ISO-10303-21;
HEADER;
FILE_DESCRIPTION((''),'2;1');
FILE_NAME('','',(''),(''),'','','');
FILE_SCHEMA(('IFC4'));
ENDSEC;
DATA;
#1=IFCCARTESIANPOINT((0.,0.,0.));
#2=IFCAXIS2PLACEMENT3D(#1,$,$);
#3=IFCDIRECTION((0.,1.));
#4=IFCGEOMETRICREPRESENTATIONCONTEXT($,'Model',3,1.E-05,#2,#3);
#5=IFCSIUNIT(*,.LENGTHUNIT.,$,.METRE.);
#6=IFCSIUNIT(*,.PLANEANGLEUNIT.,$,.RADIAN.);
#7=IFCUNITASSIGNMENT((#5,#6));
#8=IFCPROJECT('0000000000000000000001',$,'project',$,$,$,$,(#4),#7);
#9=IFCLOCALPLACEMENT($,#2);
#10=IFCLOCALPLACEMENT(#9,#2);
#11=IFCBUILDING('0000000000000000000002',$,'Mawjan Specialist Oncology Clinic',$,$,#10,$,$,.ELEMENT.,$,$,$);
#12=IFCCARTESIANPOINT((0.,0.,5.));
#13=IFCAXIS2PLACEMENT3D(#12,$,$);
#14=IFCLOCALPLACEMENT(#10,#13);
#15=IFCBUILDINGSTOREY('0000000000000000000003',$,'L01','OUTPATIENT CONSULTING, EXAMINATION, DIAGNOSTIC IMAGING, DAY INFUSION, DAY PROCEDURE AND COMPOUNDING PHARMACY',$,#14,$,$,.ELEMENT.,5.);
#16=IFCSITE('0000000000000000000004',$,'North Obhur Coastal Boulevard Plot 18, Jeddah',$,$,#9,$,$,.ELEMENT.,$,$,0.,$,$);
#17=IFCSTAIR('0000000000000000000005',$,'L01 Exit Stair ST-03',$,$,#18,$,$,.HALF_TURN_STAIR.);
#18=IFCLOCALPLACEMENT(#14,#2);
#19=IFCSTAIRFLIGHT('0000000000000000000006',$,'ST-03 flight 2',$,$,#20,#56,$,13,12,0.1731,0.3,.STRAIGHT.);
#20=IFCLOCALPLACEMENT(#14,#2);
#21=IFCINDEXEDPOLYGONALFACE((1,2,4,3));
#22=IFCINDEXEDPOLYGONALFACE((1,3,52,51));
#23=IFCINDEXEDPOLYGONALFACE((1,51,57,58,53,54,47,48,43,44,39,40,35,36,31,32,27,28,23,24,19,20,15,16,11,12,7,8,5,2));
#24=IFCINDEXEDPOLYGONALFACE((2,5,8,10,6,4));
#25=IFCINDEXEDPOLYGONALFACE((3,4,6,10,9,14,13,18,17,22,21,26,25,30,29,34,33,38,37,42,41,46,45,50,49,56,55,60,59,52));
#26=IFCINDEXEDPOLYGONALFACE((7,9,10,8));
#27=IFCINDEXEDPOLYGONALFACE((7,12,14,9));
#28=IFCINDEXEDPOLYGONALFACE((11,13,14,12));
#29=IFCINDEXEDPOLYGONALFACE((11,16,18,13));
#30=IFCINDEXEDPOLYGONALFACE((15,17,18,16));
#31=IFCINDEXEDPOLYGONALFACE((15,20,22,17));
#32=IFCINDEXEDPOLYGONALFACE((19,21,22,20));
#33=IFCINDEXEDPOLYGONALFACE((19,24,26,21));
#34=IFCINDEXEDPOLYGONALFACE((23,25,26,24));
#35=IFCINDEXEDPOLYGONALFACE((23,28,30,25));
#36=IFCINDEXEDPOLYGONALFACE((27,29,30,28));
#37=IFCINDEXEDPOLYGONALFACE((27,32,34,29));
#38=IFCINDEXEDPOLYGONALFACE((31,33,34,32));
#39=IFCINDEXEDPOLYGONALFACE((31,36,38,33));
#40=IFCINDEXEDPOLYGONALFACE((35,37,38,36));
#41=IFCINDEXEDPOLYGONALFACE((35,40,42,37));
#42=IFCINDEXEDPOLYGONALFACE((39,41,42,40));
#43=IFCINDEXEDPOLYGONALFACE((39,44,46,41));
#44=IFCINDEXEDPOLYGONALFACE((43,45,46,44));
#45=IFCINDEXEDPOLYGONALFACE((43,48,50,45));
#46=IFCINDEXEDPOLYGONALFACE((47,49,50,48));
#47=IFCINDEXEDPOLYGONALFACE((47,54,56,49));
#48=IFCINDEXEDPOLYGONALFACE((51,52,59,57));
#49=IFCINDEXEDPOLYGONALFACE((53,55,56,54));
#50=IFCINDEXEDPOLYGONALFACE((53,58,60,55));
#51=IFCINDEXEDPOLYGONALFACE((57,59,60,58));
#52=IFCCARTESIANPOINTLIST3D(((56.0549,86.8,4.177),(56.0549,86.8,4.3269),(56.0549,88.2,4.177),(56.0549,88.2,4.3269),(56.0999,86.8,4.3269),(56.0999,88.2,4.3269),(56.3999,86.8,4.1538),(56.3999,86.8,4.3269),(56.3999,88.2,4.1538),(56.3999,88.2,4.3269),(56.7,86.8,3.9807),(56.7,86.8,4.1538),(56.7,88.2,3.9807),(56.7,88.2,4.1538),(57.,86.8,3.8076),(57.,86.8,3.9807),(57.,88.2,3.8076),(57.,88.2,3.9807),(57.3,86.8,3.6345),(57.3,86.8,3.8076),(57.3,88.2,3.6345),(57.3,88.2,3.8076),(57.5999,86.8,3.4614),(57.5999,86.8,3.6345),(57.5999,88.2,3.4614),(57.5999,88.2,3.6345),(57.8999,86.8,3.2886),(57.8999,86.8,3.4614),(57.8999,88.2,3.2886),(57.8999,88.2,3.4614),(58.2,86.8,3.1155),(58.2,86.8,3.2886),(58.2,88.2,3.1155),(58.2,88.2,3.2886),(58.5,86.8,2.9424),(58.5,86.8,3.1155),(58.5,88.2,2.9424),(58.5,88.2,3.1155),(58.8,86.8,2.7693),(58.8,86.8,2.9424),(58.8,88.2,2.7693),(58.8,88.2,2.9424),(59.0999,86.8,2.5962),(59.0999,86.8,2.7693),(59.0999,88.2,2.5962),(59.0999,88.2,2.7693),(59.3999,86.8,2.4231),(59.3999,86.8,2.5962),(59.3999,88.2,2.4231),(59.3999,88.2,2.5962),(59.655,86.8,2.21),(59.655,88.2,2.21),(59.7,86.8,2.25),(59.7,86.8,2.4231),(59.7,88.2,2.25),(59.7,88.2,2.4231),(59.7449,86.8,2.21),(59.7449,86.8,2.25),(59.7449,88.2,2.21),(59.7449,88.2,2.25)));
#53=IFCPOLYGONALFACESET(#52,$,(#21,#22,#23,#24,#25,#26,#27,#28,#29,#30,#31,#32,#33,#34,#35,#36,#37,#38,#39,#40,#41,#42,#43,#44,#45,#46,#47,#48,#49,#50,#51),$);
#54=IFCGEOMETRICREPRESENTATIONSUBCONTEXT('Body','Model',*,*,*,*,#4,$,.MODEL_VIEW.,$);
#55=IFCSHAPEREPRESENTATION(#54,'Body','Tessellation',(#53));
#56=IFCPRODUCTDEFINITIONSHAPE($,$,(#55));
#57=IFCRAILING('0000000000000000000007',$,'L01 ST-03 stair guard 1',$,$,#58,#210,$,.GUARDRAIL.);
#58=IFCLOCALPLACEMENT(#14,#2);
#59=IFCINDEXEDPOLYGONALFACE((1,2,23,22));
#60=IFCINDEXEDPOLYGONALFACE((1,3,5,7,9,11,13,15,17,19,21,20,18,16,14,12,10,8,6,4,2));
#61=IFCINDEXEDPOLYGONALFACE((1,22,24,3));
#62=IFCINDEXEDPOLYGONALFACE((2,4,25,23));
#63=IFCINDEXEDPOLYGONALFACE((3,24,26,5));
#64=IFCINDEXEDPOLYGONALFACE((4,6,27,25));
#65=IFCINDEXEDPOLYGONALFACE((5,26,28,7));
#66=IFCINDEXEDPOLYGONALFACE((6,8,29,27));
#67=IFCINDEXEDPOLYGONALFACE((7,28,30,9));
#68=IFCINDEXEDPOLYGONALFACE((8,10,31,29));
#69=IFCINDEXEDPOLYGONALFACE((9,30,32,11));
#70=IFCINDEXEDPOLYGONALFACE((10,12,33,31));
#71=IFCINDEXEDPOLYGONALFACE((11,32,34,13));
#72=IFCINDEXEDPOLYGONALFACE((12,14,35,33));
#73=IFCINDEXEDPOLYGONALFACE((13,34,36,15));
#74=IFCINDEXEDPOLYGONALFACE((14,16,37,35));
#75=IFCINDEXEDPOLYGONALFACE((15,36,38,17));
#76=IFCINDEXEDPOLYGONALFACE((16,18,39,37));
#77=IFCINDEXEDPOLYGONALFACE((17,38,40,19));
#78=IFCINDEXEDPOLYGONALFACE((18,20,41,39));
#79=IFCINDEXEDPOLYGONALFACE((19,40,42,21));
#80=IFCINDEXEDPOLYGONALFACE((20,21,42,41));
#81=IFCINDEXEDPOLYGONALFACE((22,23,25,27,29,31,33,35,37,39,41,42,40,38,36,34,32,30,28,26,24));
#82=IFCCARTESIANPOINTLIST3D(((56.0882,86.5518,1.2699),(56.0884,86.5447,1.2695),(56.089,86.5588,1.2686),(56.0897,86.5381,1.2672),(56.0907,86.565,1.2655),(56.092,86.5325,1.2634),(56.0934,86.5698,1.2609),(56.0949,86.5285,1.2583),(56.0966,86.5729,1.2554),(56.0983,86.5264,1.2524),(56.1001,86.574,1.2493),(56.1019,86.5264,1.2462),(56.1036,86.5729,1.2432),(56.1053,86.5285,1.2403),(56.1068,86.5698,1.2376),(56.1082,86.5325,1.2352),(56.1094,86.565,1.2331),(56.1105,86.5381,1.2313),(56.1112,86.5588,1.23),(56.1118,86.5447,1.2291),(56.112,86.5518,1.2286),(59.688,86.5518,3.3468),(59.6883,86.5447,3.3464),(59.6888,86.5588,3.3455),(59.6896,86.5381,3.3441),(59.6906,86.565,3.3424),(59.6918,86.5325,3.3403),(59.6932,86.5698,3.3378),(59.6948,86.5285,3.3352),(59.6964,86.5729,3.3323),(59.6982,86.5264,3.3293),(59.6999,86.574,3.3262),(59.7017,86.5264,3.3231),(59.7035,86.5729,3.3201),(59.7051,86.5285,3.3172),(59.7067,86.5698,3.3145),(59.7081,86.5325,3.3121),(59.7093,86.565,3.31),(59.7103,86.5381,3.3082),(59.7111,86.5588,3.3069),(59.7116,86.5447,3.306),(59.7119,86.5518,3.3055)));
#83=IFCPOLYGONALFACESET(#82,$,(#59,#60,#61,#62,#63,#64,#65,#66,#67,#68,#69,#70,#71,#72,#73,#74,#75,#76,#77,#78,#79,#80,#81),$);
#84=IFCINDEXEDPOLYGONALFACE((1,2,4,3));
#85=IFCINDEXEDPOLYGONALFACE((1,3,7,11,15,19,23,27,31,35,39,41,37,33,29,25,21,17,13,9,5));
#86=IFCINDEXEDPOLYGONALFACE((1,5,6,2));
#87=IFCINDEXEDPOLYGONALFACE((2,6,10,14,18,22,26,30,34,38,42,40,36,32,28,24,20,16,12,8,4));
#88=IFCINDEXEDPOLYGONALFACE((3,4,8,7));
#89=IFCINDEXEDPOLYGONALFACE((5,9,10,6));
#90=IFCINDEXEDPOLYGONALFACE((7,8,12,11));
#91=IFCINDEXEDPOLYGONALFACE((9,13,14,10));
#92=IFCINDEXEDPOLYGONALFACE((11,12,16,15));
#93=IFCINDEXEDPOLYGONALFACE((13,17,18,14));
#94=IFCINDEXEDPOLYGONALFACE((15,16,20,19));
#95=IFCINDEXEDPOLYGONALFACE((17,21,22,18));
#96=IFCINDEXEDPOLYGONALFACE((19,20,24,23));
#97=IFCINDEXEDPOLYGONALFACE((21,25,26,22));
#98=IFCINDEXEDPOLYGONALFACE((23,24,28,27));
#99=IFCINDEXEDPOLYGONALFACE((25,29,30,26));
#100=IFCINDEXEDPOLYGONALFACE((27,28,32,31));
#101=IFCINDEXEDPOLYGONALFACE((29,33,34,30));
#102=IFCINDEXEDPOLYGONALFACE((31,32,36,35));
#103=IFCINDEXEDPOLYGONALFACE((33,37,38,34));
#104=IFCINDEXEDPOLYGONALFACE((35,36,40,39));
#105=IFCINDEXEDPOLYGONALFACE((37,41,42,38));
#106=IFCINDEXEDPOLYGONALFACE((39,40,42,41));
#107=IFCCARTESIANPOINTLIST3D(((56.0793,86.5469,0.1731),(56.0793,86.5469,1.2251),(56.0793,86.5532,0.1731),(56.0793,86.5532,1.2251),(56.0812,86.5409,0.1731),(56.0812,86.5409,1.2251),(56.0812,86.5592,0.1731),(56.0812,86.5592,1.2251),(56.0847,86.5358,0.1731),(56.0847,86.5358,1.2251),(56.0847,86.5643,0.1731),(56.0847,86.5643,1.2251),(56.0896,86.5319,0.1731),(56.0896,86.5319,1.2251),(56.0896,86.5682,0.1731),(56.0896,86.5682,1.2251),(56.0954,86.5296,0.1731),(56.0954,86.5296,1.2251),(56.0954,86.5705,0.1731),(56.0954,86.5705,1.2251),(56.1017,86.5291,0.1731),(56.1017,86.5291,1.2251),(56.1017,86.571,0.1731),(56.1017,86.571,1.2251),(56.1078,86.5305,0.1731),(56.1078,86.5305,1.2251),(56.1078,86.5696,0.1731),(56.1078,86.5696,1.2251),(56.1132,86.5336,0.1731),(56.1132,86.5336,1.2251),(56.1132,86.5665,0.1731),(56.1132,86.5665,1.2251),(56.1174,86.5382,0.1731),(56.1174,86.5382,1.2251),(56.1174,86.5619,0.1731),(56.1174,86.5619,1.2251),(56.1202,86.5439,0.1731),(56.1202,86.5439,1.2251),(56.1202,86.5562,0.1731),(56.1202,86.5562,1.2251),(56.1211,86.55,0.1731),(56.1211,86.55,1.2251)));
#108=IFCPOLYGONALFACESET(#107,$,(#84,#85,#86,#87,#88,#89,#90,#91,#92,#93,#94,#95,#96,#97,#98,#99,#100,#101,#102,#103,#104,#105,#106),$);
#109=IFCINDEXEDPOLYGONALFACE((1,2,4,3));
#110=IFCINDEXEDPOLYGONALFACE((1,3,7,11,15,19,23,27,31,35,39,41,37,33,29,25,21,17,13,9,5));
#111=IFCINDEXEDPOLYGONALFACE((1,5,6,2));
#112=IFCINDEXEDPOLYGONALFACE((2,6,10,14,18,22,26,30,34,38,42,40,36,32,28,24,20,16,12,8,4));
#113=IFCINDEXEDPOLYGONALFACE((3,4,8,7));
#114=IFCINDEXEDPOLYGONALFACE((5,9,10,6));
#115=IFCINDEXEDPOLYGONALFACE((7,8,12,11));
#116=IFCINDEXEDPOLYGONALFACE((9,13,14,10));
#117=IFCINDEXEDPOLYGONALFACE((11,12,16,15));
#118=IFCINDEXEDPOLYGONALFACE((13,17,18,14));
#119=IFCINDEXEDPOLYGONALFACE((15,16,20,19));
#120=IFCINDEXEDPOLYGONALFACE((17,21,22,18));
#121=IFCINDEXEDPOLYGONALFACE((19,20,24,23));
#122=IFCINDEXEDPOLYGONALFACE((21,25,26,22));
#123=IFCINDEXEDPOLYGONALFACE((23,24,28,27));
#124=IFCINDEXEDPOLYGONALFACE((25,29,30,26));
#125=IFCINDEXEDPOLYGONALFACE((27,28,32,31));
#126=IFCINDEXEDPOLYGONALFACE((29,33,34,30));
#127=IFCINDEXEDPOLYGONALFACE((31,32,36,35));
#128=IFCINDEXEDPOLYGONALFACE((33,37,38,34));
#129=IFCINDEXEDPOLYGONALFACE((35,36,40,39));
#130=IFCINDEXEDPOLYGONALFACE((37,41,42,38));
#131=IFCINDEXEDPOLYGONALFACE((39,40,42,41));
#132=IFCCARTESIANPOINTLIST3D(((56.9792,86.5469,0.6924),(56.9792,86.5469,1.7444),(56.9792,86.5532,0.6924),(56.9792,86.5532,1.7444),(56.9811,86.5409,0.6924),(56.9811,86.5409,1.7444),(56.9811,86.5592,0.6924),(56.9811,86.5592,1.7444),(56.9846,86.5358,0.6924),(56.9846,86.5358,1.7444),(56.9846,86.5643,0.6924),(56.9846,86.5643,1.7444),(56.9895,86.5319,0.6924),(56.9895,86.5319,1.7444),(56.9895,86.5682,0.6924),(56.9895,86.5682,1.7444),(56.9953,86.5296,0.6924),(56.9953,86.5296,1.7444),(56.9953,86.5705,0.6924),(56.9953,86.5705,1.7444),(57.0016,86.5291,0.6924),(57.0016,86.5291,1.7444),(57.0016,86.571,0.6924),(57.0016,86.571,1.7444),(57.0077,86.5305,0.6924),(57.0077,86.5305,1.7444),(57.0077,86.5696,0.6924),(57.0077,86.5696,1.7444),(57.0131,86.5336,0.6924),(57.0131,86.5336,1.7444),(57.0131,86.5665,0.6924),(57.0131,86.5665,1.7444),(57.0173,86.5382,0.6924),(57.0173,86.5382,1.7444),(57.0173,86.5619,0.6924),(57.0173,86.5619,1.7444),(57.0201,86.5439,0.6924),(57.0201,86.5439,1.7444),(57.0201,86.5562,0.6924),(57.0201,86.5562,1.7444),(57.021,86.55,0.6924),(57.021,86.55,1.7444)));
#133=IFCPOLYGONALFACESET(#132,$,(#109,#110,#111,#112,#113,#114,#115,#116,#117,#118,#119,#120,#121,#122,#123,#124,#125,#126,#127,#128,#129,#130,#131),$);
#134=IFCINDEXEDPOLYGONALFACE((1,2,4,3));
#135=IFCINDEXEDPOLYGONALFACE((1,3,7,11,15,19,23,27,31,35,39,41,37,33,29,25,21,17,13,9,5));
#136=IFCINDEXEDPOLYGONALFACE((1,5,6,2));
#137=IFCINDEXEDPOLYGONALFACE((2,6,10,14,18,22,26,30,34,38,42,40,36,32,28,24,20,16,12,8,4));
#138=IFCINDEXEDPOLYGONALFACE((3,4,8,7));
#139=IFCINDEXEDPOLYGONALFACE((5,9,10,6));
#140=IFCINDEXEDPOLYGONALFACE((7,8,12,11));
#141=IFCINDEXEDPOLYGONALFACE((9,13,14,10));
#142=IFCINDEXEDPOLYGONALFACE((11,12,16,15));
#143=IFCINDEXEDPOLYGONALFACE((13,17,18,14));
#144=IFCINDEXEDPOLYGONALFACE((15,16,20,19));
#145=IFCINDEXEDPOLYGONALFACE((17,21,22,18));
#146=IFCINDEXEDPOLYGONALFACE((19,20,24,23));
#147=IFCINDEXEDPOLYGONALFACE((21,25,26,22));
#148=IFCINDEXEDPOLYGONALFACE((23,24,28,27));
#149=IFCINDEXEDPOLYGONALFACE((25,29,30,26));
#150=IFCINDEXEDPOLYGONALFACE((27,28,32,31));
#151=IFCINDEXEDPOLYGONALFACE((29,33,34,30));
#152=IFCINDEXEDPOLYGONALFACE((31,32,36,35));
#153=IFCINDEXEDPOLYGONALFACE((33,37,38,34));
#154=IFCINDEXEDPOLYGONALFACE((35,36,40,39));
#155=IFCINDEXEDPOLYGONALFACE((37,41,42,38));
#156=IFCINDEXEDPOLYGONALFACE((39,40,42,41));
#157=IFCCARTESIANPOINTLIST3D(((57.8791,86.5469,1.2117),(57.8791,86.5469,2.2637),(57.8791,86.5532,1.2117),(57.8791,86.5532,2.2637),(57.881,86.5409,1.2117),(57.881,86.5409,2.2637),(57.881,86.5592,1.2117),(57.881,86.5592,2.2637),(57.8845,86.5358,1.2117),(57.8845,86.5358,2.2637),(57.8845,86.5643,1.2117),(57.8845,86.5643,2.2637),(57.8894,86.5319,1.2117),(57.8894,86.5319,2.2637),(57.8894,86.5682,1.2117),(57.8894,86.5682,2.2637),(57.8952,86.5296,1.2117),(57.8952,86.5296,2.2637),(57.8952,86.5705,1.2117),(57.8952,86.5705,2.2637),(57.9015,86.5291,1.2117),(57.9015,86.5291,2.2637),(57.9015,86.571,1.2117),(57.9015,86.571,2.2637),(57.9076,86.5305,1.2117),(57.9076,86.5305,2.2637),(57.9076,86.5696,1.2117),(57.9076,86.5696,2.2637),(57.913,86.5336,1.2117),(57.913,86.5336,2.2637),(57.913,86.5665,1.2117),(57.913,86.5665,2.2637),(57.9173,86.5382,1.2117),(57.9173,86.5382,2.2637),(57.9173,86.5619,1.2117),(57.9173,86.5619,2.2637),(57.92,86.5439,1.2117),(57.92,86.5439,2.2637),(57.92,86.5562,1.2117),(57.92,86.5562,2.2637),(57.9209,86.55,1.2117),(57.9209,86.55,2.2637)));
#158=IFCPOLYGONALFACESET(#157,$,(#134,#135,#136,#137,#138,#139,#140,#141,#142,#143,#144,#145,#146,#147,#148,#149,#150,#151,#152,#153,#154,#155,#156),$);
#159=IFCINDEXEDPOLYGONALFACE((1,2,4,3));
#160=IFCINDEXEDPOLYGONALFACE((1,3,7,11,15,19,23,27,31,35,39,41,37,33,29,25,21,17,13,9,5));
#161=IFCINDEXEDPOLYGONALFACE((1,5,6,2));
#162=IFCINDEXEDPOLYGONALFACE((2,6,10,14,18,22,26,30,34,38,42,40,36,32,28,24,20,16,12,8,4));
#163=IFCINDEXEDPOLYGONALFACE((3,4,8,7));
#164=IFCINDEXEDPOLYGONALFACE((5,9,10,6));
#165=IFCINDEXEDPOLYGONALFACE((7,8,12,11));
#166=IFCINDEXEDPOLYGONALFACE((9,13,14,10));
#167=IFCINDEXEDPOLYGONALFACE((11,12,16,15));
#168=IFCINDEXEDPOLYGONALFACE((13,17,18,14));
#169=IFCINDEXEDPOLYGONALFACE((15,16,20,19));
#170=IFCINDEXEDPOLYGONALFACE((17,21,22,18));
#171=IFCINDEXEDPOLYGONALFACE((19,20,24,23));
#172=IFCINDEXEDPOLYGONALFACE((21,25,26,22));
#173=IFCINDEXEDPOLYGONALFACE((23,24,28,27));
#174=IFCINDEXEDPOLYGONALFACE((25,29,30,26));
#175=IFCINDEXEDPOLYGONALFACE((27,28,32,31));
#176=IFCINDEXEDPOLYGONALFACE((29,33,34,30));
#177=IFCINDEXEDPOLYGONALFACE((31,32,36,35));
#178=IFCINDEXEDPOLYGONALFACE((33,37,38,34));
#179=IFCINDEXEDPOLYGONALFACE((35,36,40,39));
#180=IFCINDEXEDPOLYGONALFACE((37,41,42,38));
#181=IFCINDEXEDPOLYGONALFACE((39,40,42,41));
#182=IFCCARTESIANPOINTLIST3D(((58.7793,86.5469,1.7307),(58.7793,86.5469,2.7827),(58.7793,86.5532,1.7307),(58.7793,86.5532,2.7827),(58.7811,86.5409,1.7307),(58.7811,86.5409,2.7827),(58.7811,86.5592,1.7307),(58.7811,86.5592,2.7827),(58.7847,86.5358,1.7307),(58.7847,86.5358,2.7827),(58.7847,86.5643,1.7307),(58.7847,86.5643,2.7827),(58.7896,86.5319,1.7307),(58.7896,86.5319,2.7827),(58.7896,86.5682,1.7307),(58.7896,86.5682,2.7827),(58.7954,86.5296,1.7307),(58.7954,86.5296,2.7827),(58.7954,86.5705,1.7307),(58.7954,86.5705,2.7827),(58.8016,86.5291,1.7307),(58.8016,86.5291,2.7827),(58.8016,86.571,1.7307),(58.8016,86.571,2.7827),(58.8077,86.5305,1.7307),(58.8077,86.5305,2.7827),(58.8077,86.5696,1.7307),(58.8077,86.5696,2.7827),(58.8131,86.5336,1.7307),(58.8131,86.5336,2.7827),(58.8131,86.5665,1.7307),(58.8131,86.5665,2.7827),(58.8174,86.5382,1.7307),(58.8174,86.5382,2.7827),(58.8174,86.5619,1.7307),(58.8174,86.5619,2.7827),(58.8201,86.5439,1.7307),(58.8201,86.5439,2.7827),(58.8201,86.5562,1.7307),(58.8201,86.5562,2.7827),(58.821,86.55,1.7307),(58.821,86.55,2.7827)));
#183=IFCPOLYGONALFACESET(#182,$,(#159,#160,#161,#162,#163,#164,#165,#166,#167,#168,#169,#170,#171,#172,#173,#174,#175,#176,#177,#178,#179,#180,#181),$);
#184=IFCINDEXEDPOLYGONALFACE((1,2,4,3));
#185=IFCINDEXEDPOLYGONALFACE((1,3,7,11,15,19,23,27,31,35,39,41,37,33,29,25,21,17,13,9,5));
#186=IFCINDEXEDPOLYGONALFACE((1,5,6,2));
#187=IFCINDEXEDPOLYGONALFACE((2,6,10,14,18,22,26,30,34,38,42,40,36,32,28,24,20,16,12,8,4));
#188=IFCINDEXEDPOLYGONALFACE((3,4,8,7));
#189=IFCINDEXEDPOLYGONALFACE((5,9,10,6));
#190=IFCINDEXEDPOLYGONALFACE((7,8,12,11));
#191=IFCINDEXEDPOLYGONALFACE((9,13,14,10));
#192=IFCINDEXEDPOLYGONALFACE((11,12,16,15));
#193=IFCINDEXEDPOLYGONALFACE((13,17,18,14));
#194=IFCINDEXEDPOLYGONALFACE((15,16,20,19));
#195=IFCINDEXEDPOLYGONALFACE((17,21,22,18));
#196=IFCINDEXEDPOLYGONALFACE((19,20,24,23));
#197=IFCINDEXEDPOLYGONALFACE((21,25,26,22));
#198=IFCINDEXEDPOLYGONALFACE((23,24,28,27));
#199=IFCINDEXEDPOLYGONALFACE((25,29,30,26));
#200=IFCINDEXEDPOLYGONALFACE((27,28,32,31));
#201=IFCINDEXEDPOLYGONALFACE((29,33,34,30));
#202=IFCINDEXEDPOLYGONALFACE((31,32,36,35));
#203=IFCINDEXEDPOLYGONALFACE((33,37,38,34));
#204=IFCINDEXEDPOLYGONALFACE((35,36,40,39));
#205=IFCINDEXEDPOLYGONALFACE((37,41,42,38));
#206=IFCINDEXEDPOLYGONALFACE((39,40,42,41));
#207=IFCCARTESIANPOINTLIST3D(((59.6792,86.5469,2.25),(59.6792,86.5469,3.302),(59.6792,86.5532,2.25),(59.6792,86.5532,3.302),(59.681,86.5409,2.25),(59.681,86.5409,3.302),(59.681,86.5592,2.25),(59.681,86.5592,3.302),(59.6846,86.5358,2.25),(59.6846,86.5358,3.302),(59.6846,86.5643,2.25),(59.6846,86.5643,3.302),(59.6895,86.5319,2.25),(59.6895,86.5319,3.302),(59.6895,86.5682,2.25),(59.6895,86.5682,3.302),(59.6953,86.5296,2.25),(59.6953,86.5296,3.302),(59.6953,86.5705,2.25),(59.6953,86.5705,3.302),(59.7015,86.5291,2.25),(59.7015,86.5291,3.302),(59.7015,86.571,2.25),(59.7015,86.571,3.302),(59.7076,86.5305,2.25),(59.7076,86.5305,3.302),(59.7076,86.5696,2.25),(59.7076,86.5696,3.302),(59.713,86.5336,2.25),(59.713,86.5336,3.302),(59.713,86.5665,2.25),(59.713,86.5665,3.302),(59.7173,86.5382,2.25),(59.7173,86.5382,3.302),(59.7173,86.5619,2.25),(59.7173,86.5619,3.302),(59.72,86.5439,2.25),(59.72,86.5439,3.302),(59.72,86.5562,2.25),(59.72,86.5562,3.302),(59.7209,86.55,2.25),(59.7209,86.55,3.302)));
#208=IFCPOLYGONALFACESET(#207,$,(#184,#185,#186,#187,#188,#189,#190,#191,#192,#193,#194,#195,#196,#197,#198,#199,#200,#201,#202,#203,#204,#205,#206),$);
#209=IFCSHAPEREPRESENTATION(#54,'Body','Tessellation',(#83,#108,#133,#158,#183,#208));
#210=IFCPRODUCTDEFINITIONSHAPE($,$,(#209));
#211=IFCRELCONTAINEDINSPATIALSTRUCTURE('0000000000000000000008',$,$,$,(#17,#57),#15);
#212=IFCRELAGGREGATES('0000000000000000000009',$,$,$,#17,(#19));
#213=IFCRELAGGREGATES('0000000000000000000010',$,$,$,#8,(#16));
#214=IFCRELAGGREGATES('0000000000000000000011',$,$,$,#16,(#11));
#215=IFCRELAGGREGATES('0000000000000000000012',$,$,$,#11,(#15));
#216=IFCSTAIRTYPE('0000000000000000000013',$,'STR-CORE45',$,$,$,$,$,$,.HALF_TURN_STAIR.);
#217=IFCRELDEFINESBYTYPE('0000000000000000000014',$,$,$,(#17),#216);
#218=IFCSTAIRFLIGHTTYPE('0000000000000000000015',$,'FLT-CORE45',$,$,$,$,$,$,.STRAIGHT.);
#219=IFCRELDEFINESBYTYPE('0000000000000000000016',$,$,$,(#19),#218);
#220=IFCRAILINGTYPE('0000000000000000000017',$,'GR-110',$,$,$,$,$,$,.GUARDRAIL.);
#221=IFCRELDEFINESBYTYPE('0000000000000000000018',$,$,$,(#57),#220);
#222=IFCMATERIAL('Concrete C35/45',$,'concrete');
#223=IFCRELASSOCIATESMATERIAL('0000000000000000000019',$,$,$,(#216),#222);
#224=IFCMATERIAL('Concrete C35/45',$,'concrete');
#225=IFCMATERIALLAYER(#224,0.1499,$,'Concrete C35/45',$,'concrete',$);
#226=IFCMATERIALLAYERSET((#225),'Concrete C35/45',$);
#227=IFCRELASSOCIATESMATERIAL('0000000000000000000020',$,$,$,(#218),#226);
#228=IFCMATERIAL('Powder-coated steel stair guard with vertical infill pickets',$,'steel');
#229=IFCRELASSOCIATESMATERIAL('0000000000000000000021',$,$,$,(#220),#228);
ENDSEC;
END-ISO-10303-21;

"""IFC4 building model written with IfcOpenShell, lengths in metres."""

from ifc_helpers import new_model, si_unit, direction, frame, origin, origin_2d, place, context, subcontext, project, spatial, polyline, circle, outline, extrude, material, layer, layer_set, type_object, element, aggregate, save


model = new_model("IFC4")

# Units and contexts
model_context = context("Model", 3, precision=1e-05, world=origin(), true_north=direction((0.0, 1.0)))
body_context = subcontext(model_context, "Body", "Model", "MODEL_VIEW")
ifc_project = project(units=[si_unit("LENGTHUNIT", "METRE"), si_unit("PLANEANGLEUNIT", "RADIAN")], contexts=[model_context])

# Site, building, storey
site_placement = place(None, origin())
site = spatial("IfcSite", under=ifc_project, at=site_placement, Name="North Obhur Coastal Boulevard Plot 18, Jeddah", CompositionType="ELEMENT", RefElevation=0.0)
building_placement = place(site_placement, origin())
building = spatial("IfcBuilding", under=site, at=building_placement, Name="Mawjan Specialist Oncology Clinic", CompositionType="ELEMENT")
storey_placement = place(building_placement, frame((0.0, 0.0, 5.0)))
storey = spatial("IfcBuildingStorey", under=building, at=storey_placement, Name="L01", Description="OUTPATIENT CONSULTING, EXAMINATION, DIAGNOSTIC IMAGING, DAY INFUSION, DAY PROCEDURE AND COMPOUNDING PHARMACY", CompositionType="ELEMENT", Elevation=5.0)

# Stair, stair flight
ifc_material_1 = material(Name="Concrete C35/45", Category="concrete")
stair_type = type_object("IfcStairType", Name="STR-CORE45", PredefinedType="HALF_TURN_STAIR", material=ifc_material_1)
stair_placement = place(storey_placement, origin())
stair = element("IfcStair", 1, at=stair_placement, inside=storey, type_object=stair_type, Name="L01 Exit Stair ST-03", PredefinedType="HALF_TURN_STAIR")
ifc_material_2 = material(Name="Concrete C35/45", Category="concrete")
ifc_layer_1 = layer(ifc_material_2, 0.1499, Name="Concrete C35/45", Category="concrete")
ifc_layer_set_1 = layer_set([ifc_layer_1], Name="Concrete C35/45")
stair_flight_type = type_object("IfcStairFlightType", Name="FLT-CORE45", PredefinedType="STRAIGHT", material=ifc_layer_set_1)
stair_flight_1_placement = place(storey_placement, frame((59.7, 87.5, 2.25), z_axis=(0.0, 0.0, 1.0), x_axis=(-1.0, 0.0, 0.0)))
stair_flight_1 = element("IfcStairFlight", 2, at=stair_flight_1_placement, type_object=stair_flight_type, Name="ST-03 flight 2", NumberOfRisers=13, NumberOfTreads=12, PredefinedType="STRAIGHT", RiserHeight=0.1731, TreadLength=0.3, context=body_context, shape_type="SweptSolid", body=[
    extrude(outline(polyline([(-0.0449, -0.04), (-0.0449, 0.0), (0.0, 0.0), (0.0, 0.1731), (0.3, 0.1731), (0.3, 0.3462), (0.6001, 0.3462), (0.6001, 0.5193), (0.8999, 0.5193), (0.8999, 0.6924), (1.2, 0.6924), (1.2, 0.8655), (1.5, 0.8655), (1.5, 1.0386), (1.8, 1.0386), (1.8, 1.2114), (2.1001, 1.2114), (2.1001, 1.3845), (2.3999, 1.3845), (2.3999, 1.5576), (2.7, 1.5576), (2.7, 1.7307), (3.0, 1.7307), (3.0, 1.9038), (3.3, 1.9038), (3.3, 2.0769), (3.6001, 2.0769), (3.645, 2.0769), (3.645, 1.927), (0.0449, -0.04), (-0.0449, -0.04)])), frame((0.0, 0.7, 0.0), z_axis=(0.0, -1.0, 0.0), x_axis=(1.0, 0.0, 0.0)), (0.0, 0.0, 1.0), 1.3999),
])
aggregate(stair, [stair_flight_1])

# Railing
ifc_material_3 = material(Name="Powder-coated steel stair guard with vertical infill pickets", Category="steel")
railing_type_1 = type_object("IfcRailingType", Name="GR-110", PredefinedType="GUARDRAIL", material=ifc_material_3)
railing_1_placement = place(storey_placement, frame((56.1001, 86.55, 0.1731)))
element("IfcRailing", 3, at=railing_1_placement, inside=storey, type_object=railing_type_1, Name="L01 ST-03 stair guard 1", PredefinedType="GUARDRAIL", context=body_context, shape_type="SweptSolid", body=[
    extrude(circle(Radius=0.0239, at=origin_2d()), frame((0.0, 0.0, 1.0762), z_axis=(0.866179, 0.0, 0.499734), x_axis=(0.0, 1.0, 0.0)), (0.0, 0.0, 1.0), 4.156),
    extrude(circle(Radius=0.021, at=origin_2d()), origin(), (0.0, 0.0, 1.0), 1.052),
    extrude(circle(Radius=0.021, at=origin_2d()), frame((0.8999, 0.0, 0.5193)), (0.0, 0.0, 1.0), 1.052),
    extrude(circle(Radius=0.021, at=origin_2d()), frame((1.7998, 0.0, 1.0386)), (0.0, 0.0, 1.0), 1.052),
    extrude(circle(Radius=0.021, at=origin_2d()), frame((2.7, 0.0, 1.5576)), (0.0, 0.0, 1.0), 1.052),
    extrude(circle(Radius=0.021, at=origin_2d()), frame((3.5999, 0.0, 2.0769)), (0.0, 0.0, 1.0), 1.052),
])

save(model, "model.ifc")
